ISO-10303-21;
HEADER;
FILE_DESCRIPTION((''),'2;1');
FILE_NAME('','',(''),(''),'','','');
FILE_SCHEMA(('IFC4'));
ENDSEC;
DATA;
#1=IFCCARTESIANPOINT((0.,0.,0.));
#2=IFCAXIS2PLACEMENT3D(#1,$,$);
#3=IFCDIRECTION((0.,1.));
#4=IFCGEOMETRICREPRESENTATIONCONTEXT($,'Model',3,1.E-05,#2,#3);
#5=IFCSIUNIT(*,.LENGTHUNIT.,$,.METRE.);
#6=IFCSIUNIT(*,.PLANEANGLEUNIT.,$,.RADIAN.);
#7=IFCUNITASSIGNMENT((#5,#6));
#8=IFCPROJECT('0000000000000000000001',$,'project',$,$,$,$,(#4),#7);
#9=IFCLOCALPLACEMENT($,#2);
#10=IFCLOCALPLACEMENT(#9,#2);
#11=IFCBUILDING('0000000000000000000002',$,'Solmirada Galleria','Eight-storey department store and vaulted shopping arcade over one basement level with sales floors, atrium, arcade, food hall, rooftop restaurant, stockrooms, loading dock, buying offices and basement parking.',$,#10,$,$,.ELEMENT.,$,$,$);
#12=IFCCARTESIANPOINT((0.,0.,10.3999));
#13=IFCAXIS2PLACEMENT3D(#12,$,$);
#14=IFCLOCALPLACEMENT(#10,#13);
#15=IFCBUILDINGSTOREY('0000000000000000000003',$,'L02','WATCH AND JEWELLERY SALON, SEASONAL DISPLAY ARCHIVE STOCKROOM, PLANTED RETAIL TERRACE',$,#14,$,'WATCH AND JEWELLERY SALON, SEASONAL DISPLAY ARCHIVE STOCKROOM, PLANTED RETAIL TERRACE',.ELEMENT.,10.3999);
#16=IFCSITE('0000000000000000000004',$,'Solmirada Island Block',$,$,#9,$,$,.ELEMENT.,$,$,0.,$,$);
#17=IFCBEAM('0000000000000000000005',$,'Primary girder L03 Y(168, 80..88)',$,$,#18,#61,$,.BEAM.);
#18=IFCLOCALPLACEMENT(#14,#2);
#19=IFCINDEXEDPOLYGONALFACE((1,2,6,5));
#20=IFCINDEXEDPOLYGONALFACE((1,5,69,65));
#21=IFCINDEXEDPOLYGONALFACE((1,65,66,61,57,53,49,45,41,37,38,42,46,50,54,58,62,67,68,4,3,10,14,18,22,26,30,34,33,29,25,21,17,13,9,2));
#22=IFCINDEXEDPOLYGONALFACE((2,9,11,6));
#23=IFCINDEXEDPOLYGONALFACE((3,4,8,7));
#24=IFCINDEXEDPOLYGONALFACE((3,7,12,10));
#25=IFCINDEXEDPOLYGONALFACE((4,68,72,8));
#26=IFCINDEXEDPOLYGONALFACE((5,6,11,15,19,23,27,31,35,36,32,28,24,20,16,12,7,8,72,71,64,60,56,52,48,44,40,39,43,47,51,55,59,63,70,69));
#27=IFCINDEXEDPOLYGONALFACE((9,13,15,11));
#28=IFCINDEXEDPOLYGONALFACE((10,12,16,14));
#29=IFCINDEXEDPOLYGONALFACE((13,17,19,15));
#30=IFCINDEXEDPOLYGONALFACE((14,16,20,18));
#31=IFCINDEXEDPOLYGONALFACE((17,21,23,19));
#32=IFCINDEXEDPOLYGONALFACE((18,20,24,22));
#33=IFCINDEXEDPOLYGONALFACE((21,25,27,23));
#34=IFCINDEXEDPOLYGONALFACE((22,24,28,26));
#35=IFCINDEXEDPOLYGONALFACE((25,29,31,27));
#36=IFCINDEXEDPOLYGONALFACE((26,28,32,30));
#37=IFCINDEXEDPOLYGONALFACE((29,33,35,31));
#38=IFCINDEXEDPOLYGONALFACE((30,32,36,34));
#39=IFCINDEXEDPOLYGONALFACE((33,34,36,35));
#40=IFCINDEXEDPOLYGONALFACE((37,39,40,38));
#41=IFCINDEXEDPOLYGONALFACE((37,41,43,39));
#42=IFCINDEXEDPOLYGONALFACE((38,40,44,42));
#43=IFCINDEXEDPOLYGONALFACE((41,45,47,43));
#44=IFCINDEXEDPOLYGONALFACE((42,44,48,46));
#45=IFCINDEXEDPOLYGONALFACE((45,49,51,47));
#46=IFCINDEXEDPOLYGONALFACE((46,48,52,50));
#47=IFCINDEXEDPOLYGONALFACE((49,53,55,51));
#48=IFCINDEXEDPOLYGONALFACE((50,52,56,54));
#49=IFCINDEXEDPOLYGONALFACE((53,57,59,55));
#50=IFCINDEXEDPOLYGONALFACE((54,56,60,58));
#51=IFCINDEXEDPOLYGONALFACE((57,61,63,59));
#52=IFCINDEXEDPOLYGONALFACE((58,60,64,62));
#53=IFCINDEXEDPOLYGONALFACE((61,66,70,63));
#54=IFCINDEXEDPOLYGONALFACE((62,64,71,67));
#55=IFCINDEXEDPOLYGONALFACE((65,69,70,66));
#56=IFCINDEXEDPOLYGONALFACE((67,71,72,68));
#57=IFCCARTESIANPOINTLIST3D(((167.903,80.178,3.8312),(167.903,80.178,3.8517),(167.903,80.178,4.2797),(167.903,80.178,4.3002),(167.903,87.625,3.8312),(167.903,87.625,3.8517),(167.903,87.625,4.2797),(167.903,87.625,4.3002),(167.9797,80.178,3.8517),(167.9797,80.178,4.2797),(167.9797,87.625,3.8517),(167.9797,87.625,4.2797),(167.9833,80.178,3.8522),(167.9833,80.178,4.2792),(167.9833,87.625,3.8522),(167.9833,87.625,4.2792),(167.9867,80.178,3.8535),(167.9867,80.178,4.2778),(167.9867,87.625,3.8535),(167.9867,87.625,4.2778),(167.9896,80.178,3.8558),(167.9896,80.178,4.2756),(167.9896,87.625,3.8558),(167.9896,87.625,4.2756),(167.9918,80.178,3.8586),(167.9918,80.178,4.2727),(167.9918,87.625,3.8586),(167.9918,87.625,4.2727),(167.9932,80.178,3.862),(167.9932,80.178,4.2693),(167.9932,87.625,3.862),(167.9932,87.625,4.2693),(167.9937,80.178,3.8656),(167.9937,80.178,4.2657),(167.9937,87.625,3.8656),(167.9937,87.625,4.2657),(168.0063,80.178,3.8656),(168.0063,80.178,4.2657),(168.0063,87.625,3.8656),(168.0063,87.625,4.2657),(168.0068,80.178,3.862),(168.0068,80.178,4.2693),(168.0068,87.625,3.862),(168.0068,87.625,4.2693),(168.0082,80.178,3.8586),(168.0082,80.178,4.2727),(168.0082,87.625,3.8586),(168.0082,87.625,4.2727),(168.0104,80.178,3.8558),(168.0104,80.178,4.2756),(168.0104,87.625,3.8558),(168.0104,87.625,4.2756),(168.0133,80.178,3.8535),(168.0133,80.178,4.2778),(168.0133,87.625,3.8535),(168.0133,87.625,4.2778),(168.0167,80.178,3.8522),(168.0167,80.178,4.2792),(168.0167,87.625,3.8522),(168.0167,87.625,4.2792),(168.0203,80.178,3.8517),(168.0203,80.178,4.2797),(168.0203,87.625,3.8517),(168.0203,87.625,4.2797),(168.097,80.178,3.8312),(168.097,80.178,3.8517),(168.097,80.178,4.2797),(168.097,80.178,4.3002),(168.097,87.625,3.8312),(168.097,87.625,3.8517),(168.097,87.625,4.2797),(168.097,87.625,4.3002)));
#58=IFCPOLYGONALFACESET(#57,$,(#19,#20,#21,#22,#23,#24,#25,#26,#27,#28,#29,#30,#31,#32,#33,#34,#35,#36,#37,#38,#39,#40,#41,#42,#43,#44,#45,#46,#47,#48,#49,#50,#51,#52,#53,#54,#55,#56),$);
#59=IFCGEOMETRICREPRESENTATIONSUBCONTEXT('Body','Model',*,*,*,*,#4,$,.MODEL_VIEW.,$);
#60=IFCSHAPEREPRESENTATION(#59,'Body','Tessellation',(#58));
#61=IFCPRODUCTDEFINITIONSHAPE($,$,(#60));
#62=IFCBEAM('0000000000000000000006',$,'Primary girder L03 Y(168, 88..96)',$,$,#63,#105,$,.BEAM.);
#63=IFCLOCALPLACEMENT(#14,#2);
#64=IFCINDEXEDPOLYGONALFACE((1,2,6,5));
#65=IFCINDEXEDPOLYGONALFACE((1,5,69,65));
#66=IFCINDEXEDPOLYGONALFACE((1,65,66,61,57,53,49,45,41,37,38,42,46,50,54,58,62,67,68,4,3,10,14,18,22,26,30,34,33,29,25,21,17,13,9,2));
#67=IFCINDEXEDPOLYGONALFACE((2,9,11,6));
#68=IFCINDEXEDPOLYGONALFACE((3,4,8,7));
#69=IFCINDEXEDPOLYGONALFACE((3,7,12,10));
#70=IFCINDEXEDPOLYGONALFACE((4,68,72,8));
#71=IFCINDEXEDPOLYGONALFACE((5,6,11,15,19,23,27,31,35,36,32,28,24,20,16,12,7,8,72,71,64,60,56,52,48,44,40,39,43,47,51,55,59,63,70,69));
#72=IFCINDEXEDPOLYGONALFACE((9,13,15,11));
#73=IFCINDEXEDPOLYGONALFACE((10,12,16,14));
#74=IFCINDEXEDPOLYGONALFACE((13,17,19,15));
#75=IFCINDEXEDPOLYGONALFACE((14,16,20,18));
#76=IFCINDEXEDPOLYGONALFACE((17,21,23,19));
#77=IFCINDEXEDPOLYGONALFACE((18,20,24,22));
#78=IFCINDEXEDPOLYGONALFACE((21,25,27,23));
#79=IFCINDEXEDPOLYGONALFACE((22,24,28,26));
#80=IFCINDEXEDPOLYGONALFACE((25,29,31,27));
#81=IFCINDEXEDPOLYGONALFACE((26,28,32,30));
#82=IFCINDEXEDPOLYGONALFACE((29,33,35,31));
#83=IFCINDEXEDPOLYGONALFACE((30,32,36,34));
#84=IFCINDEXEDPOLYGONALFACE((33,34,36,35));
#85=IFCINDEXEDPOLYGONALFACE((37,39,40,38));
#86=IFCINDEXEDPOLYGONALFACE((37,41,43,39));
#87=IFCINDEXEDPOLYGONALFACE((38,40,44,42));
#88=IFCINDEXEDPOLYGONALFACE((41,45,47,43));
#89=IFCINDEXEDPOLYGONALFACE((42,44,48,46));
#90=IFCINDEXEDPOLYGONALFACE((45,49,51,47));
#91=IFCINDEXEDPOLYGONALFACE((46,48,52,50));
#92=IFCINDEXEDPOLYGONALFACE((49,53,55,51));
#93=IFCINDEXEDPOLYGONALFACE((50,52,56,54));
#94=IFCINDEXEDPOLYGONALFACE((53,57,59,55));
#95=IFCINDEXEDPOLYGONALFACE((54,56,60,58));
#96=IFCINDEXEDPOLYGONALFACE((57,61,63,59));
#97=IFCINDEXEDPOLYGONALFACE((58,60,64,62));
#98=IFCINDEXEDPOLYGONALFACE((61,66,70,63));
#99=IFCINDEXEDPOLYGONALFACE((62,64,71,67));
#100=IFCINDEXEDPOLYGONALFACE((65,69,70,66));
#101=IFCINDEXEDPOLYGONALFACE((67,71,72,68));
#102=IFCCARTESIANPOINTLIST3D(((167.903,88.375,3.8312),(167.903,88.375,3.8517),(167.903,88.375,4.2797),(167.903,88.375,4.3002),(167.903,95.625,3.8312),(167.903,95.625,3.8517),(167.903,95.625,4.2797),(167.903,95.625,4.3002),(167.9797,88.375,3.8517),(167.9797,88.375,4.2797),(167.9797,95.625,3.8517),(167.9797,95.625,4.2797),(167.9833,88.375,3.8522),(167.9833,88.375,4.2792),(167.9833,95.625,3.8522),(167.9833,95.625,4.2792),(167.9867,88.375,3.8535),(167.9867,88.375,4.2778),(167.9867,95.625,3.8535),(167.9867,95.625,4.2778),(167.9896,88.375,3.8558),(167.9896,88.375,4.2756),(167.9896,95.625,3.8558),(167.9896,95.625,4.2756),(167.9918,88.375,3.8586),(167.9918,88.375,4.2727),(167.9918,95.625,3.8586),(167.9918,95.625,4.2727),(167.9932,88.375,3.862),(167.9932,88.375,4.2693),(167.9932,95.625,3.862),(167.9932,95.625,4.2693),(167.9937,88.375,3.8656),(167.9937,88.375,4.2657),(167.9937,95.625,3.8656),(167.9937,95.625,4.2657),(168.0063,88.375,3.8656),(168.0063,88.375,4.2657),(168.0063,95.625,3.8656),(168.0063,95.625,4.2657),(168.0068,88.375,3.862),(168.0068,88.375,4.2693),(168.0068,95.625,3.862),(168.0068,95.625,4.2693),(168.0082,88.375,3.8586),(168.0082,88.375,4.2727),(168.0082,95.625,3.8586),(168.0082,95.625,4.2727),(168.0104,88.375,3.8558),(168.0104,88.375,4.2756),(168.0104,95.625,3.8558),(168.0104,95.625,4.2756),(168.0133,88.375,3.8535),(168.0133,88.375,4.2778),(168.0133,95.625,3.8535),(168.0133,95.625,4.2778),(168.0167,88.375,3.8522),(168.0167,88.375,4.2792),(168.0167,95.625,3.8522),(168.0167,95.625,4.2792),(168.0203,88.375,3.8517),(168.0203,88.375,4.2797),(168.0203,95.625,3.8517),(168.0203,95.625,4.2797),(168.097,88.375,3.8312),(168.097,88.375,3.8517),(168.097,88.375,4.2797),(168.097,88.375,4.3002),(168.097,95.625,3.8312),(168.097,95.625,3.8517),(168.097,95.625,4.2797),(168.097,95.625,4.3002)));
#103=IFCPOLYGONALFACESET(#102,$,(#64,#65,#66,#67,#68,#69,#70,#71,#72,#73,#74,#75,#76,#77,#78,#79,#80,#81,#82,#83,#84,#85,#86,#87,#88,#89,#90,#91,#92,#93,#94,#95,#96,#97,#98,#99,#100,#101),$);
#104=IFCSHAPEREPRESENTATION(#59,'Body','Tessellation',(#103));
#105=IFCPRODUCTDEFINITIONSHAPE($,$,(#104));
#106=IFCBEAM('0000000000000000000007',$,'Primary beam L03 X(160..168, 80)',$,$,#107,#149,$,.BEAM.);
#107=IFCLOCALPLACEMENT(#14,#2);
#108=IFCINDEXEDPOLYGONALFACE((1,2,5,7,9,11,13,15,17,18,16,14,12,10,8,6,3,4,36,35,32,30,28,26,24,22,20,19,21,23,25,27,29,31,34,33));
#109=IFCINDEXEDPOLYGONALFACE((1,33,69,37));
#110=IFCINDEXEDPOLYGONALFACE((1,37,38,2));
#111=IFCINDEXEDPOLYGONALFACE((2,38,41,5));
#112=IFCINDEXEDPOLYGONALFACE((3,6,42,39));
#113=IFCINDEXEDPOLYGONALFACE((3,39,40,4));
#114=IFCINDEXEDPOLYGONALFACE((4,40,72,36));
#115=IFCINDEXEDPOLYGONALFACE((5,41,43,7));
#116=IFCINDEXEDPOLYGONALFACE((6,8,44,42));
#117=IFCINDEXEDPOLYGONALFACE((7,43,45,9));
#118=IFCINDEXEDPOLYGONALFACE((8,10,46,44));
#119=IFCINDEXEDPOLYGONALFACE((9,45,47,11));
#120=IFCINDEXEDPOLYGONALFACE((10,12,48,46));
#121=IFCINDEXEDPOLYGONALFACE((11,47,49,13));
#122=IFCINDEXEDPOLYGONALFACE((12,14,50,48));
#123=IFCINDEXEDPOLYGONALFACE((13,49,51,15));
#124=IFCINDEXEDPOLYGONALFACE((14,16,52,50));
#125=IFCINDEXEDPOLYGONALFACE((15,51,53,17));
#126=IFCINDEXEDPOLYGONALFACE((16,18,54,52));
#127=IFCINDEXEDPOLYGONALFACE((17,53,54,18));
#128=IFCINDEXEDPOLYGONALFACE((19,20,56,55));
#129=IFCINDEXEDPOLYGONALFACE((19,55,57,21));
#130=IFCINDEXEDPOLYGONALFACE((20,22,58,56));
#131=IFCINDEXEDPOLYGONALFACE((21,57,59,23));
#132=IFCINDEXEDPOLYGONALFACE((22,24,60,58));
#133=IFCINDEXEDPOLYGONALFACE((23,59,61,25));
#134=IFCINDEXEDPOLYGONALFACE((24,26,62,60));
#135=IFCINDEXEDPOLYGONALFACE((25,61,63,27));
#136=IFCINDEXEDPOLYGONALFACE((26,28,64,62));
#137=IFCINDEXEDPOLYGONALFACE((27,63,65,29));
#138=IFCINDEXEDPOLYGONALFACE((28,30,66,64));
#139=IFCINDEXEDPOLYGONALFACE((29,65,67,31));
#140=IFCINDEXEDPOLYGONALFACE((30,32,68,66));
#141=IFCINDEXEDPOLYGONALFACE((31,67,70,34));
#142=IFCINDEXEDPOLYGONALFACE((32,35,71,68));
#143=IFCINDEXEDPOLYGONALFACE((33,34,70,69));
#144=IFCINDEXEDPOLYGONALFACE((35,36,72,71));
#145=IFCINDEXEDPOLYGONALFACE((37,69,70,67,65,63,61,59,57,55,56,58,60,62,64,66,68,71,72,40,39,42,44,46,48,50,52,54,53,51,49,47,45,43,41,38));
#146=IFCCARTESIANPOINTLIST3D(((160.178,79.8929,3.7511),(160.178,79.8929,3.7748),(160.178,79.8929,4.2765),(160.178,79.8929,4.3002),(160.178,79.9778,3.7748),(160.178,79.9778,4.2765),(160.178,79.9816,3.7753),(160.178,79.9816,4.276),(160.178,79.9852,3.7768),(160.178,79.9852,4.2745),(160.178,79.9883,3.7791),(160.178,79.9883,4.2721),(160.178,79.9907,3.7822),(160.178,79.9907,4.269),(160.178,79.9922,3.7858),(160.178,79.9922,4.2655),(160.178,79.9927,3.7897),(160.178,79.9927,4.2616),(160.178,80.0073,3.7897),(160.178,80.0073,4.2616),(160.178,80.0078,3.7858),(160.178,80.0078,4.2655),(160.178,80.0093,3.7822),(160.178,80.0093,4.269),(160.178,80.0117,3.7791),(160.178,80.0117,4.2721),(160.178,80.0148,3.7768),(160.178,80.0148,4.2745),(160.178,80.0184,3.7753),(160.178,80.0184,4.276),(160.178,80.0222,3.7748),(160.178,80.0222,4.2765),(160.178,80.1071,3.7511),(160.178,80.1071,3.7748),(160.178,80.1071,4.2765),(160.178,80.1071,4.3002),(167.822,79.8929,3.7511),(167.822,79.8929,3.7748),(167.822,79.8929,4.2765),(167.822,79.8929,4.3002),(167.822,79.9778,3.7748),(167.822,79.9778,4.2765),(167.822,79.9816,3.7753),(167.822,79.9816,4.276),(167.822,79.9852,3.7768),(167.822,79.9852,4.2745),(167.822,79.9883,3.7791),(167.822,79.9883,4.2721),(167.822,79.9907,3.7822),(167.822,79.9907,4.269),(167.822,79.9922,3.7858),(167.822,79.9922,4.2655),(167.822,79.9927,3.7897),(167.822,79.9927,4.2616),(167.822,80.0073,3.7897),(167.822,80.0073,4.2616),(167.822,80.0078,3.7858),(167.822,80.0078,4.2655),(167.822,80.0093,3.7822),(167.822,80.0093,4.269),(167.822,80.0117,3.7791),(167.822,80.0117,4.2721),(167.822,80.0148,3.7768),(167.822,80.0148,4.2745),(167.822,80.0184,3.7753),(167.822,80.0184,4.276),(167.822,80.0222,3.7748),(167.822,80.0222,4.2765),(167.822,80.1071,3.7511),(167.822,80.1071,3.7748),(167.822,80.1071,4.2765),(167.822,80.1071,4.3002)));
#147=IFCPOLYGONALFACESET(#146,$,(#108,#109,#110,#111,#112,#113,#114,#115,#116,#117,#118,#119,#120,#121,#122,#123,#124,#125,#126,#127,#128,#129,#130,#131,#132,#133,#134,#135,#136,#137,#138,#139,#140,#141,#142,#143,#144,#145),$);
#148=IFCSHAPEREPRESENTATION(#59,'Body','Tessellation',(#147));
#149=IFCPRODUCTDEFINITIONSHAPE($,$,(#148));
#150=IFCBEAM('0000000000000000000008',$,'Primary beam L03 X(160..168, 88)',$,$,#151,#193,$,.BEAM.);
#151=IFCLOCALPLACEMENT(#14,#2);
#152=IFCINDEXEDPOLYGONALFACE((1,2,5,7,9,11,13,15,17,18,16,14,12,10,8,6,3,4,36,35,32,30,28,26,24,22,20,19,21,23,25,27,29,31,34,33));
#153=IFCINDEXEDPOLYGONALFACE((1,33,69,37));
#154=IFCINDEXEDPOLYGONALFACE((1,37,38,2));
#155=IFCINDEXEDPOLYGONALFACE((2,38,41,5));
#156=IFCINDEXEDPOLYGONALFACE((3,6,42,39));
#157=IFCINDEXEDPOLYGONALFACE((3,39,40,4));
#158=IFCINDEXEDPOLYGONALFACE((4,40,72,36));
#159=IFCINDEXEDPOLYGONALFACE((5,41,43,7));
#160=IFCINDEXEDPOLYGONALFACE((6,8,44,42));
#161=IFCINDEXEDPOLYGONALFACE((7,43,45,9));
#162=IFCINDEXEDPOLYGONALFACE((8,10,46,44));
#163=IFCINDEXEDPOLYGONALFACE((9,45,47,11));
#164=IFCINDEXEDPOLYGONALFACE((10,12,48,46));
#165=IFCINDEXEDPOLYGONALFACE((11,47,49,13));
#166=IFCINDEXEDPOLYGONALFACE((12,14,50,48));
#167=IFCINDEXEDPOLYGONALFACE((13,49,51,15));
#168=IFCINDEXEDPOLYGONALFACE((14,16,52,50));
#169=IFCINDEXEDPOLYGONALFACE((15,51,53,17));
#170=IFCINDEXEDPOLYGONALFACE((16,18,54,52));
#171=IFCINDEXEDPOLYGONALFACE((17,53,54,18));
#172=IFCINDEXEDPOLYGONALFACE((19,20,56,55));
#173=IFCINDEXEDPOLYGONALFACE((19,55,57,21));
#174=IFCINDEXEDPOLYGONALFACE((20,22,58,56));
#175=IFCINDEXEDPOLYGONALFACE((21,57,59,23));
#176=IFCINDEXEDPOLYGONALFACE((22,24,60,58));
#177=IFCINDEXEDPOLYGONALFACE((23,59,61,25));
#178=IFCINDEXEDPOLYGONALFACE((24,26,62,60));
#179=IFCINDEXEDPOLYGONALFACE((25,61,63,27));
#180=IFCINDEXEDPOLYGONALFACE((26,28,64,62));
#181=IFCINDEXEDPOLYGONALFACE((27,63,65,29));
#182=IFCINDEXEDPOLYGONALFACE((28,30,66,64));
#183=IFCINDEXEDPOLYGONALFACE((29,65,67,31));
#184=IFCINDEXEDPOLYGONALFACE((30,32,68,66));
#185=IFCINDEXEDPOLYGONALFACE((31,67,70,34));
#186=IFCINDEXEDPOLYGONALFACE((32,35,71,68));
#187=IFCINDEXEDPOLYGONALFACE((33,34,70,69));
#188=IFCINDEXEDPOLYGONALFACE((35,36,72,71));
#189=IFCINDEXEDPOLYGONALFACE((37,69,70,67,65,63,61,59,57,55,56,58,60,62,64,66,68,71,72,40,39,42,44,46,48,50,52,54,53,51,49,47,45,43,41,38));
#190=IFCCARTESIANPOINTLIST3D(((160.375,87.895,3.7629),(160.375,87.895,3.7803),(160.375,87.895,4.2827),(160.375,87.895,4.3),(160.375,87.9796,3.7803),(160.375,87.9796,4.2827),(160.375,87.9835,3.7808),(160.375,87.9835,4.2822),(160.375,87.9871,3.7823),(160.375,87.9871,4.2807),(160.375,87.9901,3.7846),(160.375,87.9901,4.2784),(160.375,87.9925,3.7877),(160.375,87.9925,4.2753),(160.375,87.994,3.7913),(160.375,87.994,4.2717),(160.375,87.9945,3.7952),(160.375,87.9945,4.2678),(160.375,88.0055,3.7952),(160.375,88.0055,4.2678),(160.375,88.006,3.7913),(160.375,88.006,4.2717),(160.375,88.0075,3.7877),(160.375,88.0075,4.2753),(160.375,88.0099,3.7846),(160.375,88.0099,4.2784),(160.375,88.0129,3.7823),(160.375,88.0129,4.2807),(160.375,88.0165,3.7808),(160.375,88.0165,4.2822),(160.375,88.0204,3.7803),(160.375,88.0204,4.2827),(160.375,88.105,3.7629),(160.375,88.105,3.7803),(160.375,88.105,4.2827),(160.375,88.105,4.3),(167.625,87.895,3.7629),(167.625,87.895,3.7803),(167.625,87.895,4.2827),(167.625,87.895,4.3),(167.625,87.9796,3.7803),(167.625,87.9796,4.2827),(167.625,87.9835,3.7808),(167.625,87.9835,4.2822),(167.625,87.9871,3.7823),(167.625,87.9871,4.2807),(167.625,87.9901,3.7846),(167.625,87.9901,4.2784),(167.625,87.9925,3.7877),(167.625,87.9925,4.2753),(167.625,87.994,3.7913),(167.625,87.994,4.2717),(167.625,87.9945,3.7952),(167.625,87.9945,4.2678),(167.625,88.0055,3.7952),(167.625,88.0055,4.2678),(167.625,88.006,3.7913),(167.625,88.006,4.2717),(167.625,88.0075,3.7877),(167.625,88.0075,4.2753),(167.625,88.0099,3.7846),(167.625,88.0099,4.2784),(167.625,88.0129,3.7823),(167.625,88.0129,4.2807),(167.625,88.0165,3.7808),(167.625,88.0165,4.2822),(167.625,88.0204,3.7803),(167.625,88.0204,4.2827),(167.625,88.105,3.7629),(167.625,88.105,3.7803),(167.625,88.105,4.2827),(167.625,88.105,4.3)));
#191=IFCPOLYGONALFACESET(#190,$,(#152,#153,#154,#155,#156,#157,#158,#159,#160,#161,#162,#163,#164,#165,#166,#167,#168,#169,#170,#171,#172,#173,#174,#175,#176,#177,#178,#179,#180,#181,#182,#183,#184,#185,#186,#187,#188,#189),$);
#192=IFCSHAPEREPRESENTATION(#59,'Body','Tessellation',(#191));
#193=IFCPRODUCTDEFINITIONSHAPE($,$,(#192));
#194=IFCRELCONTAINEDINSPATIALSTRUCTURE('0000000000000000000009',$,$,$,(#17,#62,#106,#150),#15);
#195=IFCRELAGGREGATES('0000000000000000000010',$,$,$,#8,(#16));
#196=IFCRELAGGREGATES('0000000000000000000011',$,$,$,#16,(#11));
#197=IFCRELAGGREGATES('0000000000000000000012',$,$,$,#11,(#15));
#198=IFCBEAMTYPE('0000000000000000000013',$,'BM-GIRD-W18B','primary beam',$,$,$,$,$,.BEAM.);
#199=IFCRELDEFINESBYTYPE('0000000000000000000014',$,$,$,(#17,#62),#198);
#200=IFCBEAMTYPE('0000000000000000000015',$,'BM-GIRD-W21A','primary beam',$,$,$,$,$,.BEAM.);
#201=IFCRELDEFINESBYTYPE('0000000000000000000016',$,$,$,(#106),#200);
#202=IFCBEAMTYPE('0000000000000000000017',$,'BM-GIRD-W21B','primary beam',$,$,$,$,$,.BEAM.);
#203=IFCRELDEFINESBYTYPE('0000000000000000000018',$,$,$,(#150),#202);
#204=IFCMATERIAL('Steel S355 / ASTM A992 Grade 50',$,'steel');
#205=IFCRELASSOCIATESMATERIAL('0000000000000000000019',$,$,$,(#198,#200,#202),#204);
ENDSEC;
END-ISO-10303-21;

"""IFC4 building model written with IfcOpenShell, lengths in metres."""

from ifc_helpers import new_model, si_unit, direction, frame, origin, origin_2d, place, context, subcontext, project, spatial, i_section, extrude, material, material_profile, profile_set, type_object, element, save


model = new_model("IFC4")

# Units and contexts
model_context = context("Model", 3, precision=1e-05, world=origin(), true_north=direction((0.0, 1.0)))
body_context = subcontext(model_context, "Body", "Model", "MODEL_VIEW")
ifc_project = project(units=[si_unit("LENGTHUNIT", "METRE"), si_unit("PLANEANGLEUNIT", "RADIAN")], contexts=[model_context])

# Site, building, storey
site_placement = place(None, origin())
site = spatial("IfcSite", under=ifc_project, at=site_placement, Name="Solmirada Island Block", CompositionType="ELEMENT", RefElevation=0.0)
building_placement = place(site_placement, origin())
building = spatial("IfcBuilding", under=site, at=building_placement, Name="Solmirada Galleria", Description="Eight-storey department store and vaulted shopping arcade over one basement level with sales floors, atrium, arcade, food hall, rooftop restaurant, stockrooms, loading dock, buying offices and basement parking.", CompositionType="ELEMENT")
storey_placement = place(building_placement, frame((0.0, 0.0, 10.3999)))
storey = spatial("IfcBuildingStorey", under=building, at=storey_placement, Name="L02", Description="WATCH AND JEWELLERY SALON, SEASONAL DISPLAY ARCHIVE STOCKROOM, PLANTED RETAIL TERRACE", LongName="WATCH AND JEWELLERY SALON, SEASONAL DISPLAY ARCHIVE STOCKROOM, PLANTED RETAIL TERRACE", CompositionType="ELEMENT", Elevation=10.3999)

# Beams
ifc_material_1 = material(Name="Steel S355 / ASTM A992 Grade 50", Category="steel")
ifc_material_profile_1 = material_profile(ifc_material_1, i_section(OverallWidth=0.1941, OverallDepth=0.469, WebThickness=0.0127, FlangeThickness=0.0205, FilletRadius=0.0139, at=origin_2d()), Name="W18X71")
ifc_profile_set_1 = profile_set([ifc_material_profile_1], Name="Steel S355 / ASTM A992 Grade 50")
beam_type_1 = type_object("IfcBeamType", Name="BM-GIRD-W18B", Description="primary beam", PredefinedType="BEAM", material=ifc_profile_set_1)
beam_1_placement = place(storey_placement, frame((168.0, 80.178, 4.0657), z_axis=(0.0, 1.0, 0.0), x_axis=(-1.0, 0.0, 0.0)))
element("IfcBeam", 1, at=beam_1_placement, inside=storey, type_object=beam_type_1, Name="Primary girder L03 Y(168, 80..88)", PredefinedType="BEAM", context=body_context, shape_type="SweptSolid", body=[
    extrude(i_section(OverallWidth=0.1941, OverallDepth=0.469, WebThickness=0.0127, FlangeThickness=0.0205, FilletRadius=0.0139, at=origin_2d()), origin(), (0.0, 0.0, 1.0), 7.447),
])
beam_2_placement = place(storey_placement, frame((168.0, 88.375, 4.0657), z_axis=(0.0, 1.0, 0.0), x_axis=(-1.0, 0.0, 0.0)))
element("IfcBeam", 2, at=beam_2_placement, inside=storey, type_object=beam_type_1, Name="Primary girder L03 Y(168, 88..96)", PredefinedType="BEAM", context=body_context, shape_type="SweptSolid", body=[
    extrude(i_section(OverallWidth=0.1941, OverallDepth=0.469, WebThickness=0.0127, FlangeThickness=0.0205, FilletRadius=0.0139, at=origin_2d()), origin(), (0.0, 0.0, 1.0), 7.25),
])
ifc_material_profile_2 = material_profile(ifc_material_1, i_section(OverallWidth=0.2141, OverallDepth=0.5491, WebThickness=0.0146, FlangeThickness=0.0237, FilletRadius=0.0149, at=origin_2d()), Name="W21X93")
ifc_profile_set_2 = profile_set([ifc_material_profile_2], Name="Steel S355 / ASTM A992 Grade 50")
beam_type_2 = type_object("IfcBeamType", Name="BM-GIRD-W21A", Description="primary beam", PredefinedType="BEAM", material=ifc_profile_set_2)
beam_3_placement = place(storey_placement, frame((160.178, 80.0, 4.0256), z_axis=(1.0, 0.0, 0.0), x_axis=(0.0, 1.0, 0.0)))
element("IfcBeam", 3, at=beam_3_placement, inside=storey, type_object=beam_type_2, Name="Primary beam L03 X(160..168, 80)", PredefinedType="BEAM", context=body_context, shape_type="SweptSolid", body=[
    extrude(i_section(OverallWidth=0.2141, OverallDepth=0.5491, WebThickness=0.0146, FlangeThickness=0.0237, FilletRadius=0.0149, at=origin_2d()), origin(), (0.0, 0.0, 1.0), 7.644),
])
ifc_material_profile_3 = material_profile(ifc_material_1, i_section(OverallWidth=0.21, OverallDepth=0.5371, WebThickness=0.011, FlangeThickness=0.0173, FilletRadius=0.0149, at=origin_2d()), Name="W21X68")
ifc_profile_set_3 = profile_set([ifc_material_profile_3], Name="Steel S355 / ASTM A992 Grade 50")
beam_type_3 = type_object("IfcBeamType", Name="BM-GIRD-W21B", Description="primary beam", PredefinedType="BEAM", material=ifc_profile_set_3)
beam_4_placement = place(storey_placement, frame((160.375, 88.0, 4.0315), z_axis=(1.0, 0.0, 0.0), x_axis=(0.0, 1.0, 0.0)))
element("IfcBeam", 4, at=beam_4_placement, inside=storey, type_object=beam_type_3, Name="Primary beam L03 X(160..168, 88)", PredefinedType="BEAM", context=body_context, shape_type="SweptSolid", body=[
    extrude(i_section(OverallWidth=0.21, OverallDepth=0.5371, WebThickness=0.011, FlangeThickness=0.0173, FilletRadius=0.0149, at=origin_2d()), origin(), (0.0, 0.0, 1.0), 7.25),
])

save(model, "model.ifc")
